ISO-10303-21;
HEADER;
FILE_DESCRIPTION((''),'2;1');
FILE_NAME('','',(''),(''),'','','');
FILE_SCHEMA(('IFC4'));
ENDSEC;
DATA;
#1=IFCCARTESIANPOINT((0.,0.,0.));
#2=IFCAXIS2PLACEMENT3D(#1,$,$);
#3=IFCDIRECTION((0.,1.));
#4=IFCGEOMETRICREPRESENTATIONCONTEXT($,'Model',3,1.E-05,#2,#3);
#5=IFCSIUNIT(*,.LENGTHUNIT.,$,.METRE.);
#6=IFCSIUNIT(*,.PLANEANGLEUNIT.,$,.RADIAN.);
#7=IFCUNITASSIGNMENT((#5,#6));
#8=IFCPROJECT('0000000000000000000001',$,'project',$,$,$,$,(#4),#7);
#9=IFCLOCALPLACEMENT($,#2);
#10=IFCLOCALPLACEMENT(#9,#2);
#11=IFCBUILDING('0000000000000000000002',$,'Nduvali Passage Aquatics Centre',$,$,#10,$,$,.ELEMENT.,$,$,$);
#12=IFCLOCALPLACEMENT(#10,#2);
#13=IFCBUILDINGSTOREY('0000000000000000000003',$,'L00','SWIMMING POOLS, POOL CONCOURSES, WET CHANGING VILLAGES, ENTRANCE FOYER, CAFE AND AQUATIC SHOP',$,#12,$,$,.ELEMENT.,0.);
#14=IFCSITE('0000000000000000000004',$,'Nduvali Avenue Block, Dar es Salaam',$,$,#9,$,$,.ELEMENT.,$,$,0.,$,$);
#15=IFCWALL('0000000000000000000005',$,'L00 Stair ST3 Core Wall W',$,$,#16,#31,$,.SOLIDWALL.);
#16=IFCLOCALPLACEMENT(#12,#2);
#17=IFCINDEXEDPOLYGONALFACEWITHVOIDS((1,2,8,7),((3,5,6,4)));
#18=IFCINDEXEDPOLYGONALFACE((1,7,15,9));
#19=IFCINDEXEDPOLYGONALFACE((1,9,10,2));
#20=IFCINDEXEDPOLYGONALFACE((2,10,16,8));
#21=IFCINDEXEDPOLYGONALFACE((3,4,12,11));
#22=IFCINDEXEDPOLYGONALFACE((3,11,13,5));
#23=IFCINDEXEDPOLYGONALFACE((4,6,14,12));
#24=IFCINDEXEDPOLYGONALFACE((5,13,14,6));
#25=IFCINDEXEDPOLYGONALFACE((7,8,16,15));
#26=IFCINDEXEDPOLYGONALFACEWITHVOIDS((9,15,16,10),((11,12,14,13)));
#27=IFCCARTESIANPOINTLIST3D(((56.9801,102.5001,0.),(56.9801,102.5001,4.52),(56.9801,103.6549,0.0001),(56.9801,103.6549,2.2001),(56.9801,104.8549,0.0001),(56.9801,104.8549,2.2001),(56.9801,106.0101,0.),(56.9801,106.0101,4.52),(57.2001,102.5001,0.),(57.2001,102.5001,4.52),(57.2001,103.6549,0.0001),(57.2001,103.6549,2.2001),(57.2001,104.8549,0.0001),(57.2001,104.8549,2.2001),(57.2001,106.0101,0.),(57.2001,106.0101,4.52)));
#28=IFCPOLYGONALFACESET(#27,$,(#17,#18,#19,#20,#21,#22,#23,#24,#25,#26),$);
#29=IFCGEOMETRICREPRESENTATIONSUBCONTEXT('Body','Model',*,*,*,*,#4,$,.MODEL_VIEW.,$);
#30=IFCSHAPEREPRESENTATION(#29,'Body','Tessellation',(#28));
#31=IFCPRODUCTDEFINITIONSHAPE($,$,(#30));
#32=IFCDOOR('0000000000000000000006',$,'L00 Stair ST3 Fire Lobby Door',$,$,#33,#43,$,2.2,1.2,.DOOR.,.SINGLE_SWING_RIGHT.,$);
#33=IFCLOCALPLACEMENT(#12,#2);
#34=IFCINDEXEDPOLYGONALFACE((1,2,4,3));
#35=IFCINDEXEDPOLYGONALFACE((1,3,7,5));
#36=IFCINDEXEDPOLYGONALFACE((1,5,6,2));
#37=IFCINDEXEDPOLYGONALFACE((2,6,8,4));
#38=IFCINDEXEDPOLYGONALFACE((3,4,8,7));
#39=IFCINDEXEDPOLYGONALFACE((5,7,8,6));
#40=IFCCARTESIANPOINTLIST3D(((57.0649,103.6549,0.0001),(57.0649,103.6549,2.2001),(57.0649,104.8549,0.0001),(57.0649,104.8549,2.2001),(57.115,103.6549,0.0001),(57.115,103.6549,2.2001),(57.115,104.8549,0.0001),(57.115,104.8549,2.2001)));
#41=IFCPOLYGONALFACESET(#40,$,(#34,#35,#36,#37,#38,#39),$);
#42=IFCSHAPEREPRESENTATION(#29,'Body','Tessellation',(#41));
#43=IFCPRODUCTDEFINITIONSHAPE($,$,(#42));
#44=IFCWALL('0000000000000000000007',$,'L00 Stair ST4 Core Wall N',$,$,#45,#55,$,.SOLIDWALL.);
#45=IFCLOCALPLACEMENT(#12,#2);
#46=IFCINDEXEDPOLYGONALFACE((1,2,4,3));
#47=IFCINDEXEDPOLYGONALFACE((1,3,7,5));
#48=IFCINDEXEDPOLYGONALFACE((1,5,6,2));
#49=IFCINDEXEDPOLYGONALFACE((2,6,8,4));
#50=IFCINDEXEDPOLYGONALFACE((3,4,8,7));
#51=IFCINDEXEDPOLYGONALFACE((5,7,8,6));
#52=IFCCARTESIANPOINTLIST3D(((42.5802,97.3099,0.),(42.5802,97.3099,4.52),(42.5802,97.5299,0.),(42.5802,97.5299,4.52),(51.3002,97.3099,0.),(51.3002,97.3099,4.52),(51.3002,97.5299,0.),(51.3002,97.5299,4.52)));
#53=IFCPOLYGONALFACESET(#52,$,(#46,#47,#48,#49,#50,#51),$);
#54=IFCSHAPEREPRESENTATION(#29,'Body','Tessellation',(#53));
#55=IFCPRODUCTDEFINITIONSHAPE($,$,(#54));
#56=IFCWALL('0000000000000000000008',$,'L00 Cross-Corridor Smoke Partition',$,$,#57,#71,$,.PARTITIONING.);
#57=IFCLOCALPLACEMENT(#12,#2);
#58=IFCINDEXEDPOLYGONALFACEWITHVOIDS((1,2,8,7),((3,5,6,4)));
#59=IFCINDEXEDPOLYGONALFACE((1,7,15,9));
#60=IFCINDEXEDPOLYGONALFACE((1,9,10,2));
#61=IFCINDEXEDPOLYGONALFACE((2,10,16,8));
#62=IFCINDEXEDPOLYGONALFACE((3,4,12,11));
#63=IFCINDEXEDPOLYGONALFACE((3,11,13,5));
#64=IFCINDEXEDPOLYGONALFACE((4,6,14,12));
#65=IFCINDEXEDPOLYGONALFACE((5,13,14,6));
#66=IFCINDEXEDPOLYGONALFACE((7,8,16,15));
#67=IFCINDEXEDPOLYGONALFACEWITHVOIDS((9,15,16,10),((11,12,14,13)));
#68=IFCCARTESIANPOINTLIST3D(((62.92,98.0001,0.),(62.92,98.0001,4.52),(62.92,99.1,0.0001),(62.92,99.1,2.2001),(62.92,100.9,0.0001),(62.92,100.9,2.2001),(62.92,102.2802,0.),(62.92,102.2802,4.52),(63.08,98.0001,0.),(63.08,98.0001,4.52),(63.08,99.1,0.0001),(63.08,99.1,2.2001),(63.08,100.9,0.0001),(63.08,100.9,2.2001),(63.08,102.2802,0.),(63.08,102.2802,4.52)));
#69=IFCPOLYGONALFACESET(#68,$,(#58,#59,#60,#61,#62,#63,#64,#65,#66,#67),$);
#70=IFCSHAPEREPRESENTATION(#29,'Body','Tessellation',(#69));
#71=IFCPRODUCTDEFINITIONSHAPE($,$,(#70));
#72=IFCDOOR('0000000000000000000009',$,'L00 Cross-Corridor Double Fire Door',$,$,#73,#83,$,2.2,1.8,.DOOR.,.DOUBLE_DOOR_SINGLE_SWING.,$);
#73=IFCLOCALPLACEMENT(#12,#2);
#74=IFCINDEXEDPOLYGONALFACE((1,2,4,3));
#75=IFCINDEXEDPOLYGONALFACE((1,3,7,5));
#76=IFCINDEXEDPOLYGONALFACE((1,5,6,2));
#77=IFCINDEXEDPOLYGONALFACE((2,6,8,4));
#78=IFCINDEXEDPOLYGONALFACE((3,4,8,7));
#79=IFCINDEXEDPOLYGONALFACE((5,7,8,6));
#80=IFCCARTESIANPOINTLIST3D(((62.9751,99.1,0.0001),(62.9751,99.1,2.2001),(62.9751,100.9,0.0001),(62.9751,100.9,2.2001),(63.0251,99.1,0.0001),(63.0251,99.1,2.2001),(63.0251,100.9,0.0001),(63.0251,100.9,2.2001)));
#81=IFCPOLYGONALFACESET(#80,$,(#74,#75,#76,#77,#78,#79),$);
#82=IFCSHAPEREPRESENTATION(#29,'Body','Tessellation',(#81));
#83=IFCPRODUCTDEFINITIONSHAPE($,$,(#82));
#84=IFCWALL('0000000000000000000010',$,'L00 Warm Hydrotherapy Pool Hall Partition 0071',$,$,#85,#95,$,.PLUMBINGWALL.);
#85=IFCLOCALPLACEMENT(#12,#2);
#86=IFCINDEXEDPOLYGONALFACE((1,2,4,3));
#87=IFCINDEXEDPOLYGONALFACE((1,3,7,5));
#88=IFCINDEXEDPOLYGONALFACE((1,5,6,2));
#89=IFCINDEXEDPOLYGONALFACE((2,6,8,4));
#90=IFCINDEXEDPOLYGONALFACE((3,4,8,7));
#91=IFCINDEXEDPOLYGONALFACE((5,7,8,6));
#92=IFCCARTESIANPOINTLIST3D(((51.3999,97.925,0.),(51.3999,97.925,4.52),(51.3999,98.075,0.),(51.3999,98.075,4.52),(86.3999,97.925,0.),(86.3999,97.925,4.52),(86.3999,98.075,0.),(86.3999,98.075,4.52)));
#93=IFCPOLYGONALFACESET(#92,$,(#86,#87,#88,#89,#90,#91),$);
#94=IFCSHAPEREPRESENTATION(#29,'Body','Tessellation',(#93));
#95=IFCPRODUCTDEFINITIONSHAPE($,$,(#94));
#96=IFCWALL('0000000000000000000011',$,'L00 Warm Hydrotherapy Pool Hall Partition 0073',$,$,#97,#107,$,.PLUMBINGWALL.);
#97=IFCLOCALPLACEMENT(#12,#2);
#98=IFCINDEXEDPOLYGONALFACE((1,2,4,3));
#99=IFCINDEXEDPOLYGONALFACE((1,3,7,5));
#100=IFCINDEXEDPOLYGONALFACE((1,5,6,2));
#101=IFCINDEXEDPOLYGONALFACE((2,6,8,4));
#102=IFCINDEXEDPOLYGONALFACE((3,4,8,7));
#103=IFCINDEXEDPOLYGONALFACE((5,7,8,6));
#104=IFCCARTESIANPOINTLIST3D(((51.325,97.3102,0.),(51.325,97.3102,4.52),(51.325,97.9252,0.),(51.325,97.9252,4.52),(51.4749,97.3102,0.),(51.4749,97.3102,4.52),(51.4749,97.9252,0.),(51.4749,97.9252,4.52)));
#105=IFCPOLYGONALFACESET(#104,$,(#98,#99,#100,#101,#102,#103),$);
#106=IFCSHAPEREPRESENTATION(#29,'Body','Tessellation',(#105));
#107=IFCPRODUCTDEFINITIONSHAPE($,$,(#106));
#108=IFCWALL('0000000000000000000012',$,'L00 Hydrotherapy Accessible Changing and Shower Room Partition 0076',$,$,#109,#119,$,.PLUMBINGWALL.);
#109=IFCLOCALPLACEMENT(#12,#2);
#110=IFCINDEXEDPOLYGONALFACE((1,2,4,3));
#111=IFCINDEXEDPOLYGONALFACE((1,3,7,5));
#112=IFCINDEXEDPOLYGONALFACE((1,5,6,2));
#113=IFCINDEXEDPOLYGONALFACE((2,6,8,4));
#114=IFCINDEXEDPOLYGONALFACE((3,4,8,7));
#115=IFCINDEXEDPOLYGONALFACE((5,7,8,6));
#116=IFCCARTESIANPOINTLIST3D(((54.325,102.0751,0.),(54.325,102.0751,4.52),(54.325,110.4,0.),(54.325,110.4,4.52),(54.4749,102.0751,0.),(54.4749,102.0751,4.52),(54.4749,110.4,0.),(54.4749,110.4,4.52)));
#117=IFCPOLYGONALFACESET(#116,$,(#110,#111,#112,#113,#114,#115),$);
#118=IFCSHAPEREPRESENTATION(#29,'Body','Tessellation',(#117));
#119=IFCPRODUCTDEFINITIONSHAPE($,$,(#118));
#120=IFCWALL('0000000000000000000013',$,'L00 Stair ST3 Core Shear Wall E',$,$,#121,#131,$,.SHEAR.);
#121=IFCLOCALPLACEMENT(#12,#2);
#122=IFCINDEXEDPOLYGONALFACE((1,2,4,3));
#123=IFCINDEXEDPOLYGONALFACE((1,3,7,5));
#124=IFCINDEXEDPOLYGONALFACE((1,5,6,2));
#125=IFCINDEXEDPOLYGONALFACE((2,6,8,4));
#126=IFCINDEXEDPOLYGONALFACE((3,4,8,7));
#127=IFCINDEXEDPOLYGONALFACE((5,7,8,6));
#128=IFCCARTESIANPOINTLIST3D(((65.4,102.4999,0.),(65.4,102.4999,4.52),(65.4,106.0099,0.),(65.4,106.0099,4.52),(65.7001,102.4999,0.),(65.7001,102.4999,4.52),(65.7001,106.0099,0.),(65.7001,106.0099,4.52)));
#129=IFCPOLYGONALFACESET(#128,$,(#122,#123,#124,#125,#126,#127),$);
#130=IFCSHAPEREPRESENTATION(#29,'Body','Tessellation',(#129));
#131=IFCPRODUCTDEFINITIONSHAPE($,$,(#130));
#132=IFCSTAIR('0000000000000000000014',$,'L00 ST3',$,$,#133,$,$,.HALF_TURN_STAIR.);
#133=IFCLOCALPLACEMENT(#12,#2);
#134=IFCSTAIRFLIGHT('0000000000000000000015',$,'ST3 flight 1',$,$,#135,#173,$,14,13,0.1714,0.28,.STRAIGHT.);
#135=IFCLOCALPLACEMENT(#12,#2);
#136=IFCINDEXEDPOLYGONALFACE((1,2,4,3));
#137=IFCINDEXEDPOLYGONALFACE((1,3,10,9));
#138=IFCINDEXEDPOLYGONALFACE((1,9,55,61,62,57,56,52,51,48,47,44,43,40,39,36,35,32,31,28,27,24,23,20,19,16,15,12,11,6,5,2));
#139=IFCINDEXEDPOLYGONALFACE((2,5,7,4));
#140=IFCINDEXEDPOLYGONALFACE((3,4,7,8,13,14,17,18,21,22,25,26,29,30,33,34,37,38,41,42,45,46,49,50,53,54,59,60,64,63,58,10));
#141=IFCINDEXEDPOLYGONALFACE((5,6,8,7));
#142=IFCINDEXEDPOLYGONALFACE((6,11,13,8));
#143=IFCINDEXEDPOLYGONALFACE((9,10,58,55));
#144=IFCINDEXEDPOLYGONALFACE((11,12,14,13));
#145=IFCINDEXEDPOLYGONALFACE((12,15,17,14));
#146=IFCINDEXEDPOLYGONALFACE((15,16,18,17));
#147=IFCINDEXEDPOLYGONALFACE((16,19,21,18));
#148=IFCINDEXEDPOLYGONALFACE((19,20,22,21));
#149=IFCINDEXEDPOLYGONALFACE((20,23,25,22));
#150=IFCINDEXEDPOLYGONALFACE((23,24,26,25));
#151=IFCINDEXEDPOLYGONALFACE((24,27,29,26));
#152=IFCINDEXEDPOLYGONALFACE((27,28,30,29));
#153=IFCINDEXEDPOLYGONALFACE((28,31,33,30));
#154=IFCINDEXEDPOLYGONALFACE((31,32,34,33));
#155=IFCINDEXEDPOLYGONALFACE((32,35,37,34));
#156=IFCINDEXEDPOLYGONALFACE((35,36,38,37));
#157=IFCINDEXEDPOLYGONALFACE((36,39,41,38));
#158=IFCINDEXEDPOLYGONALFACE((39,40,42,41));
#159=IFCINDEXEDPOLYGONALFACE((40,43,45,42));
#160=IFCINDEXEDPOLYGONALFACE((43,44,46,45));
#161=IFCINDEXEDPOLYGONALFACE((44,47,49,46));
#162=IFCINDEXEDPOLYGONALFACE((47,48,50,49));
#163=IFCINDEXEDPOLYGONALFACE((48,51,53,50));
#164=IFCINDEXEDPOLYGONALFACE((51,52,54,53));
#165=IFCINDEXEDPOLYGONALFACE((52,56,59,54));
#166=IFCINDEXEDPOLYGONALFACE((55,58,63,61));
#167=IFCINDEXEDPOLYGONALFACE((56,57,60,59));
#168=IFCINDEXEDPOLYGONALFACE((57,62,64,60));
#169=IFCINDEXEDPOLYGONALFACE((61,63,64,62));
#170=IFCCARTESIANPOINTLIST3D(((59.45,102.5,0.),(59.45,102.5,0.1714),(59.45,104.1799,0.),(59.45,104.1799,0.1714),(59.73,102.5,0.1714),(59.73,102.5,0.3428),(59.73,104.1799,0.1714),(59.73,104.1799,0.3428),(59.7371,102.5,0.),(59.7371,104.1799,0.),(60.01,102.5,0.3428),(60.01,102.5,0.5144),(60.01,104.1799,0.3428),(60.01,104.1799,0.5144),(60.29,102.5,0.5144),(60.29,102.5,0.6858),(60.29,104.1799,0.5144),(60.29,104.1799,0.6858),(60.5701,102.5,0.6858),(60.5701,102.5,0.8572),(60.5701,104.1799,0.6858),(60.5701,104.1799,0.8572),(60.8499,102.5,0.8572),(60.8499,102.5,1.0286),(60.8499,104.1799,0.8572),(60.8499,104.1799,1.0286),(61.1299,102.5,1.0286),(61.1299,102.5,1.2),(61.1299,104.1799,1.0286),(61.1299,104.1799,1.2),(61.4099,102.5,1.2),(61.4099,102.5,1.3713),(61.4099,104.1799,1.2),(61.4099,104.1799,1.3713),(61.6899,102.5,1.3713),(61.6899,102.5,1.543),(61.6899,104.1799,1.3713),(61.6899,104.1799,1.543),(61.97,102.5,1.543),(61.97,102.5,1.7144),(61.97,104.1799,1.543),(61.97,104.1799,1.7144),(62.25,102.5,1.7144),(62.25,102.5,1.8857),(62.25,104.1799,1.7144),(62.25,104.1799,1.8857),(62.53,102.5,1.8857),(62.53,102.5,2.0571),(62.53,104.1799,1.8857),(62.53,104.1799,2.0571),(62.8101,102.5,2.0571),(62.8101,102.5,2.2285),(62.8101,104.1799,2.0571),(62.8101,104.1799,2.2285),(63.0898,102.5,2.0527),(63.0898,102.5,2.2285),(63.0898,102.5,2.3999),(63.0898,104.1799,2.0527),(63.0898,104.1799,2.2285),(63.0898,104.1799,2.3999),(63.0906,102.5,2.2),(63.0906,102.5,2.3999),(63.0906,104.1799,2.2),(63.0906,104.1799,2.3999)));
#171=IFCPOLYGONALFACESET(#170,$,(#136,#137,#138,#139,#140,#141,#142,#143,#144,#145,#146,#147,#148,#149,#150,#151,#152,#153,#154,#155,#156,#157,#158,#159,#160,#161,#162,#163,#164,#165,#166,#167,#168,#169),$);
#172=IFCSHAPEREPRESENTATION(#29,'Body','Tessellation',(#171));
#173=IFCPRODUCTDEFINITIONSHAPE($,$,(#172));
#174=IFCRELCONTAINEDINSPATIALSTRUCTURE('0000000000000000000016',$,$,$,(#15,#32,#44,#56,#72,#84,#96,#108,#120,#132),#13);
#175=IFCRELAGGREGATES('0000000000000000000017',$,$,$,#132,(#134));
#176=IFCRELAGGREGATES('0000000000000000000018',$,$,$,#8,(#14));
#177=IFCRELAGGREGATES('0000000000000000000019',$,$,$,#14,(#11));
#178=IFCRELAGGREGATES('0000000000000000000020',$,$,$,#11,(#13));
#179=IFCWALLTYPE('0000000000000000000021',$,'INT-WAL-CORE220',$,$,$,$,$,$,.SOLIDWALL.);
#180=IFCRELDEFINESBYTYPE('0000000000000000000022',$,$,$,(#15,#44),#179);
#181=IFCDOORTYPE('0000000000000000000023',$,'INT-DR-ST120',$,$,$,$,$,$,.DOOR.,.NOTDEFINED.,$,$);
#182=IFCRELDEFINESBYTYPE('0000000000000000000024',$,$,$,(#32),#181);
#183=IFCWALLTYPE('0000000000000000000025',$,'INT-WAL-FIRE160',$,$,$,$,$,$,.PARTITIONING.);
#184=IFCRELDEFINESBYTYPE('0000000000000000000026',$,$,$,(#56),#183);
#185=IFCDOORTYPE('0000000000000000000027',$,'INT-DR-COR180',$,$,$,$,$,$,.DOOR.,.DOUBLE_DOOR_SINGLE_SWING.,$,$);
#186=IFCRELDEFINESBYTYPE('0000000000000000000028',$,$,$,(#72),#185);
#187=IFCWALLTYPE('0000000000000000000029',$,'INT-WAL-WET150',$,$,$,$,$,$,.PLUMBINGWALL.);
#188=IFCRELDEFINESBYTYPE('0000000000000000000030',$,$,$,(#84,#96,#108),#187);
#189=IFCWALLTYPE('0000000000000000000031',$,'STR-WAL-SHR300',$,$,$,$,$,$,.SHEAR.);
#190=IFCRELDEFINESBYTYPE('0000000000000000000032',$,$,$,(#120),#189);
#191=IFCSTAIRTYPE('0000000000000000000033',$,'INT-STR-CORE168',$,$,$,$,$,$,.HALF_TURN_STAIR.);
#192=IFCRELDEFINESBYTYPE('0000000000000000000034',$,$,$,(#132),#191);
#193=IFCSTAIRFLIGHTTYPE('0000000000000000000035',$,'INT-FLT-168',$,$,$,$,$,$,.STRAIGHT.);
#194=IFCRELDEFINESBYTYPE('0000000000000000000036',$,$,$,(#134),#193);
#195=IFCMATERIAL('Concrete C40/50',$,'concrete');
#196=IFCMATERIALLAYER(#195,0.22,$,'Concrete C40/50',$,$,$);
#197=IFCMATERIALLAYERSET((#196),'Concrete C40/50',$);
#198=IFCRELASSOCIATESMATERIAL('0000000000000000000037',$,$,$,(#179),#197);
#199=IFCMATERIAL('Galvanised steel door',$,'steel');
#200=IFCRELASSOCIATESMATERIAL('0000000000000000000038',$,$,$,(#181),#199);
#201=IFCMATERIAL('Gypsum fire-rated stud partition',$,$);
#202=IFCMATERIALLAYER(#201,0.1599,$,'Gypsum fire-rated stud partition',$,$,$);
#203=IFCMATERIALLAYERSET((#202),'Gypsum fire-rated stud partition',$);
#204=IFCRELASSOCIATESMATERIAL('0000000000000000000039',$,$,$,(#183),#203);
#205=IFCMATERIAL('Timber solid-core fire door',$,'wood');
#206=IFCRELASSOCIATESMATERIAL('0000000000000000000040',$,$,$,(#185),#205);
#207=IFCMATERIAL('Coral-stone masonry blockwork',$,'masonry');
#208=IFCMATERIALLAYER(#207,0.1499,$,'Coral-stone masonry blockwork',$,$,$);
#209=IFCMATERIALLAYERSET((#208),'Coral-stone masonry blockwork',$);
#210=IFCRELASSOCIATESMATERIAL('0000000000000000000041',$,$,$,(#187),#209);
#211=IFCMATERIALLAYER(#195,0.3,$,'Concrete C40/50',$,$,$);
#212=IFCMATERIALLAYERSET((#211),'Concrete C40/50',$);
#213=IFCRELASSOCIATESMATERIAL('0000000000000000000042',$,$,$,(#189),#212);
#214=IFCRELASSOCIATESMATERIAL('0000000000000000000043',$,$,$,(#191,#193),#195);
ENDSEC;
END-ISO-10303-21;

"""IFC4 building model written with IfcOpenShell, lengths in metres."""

from ifc_helpers import new_model, si_unit, direction, frame, frame_2d, origin, place, context, subcontext, project, spatial, polyline, rectangle, outline, extrude, material, layer, layer_set, type_object, element, fill, aggregate, save


model = new_model("IFC4")

# Units and contexts
model_context = context("Model", 3, precision=1e-05, world=origin(), true_north=direction((0.0, 1.0)))
body_context = subcontext(model_context, "Body", "Model", "MODEL_VIEW")
ifc_project = project(units=[si_unit("LENGTHUNIT", "METRE"), si_unit("PLANEANGLEUNIT", "RADIAN")], contexts=[model_context])

# Site, building, storey
site_placement = place(None, origin())
site = spatial("IfcSite", under=ifc_project, at=site_placement, Name="Nduvali Avenue Block, Dar es Salaam", CompositionType="ELEMENT", RefElevation=0.0)
building_placement = place(site_placement, origin())
building = spatial("IfcBuilding", under=site, at=building_placement, Name="Nduvali Passage Aquatics Centre", CompositionType="ELEMENT")
storey_placement = place(building_placement, origin())
storey = spatial("IfcBuildingStorey", under=building, at=storey_placement, Name="L00", Description="SWIMMING POOLS, POOL CONCOURSES, WET CHANGING VILLAGES, ENTRANCE FOYER, CAFE AND AQUATIC SHOP", CompositionType="ELEMENT", Elevation=0.0)

# Shared definitions
ifc_material_1 = material(Name="Concrete C40/50", Category="concrete")

# Shared definitions
ifc_material_2 = material(Name="Coral-stone masonry blockwork", Category="masonry")

# Shared definitions
ifc_layer_1 = layer(ifc_material_1, 0.22, Name="Concrete C40/50")
ifc_layer_set_1 = layer_set([ifc_layer_1], Name="Concrete C40/50")
wall_type_1 = type_object("IfcWallType", Name="INT-WAL-CORE220", PredefinedType="SOLIDWALL", material=ifc_layer_set_1)

# Wall, opening, door
wall_1_placement = place(storey_placement, frame((57.0901, 106.01, 0.0), z_axis=(0.0, 0.0, 1.0), x_axis=(0.0, -1.0, 0.0)))
wall_1 = element("IfcWall", 1, at=wall_1_placement, inside=storey, type_object=wall_type_1, Name="L00 Stair ST3 Core Wall W", PredefinedType="SOLIDWALL", context=body_context, shape_type="SweptSolid", body=[
    extrude(rectangle(XDim=3.51, YDim=0.22, at=frame_2d((1.7549, 0.0))), origin(), (0.0, 0.0, 1.0), 4.52),
])
opening_1_placement = place(wall_1_placement, frame((1.155, 0.0, 0.0)))
opening_1 = element("IfcOpeningElement", 2, at=opening_1_placement, cuts=wall_1, PredefinedType="OPENING", context=body_context, shape_type="SweptSolid", body=[
    extrude(rectangle(XDim=1.2, YDim=2.2, at=frame_2d((0.6001, 1.1001))), frame((0.0, 0.125, 0.0), z_axis=(0.0, -1.0, 0.0), x_axis=(1.0, 0.0, 0.0)), (0.0, 0.0, 1.0), 0.2498),
])
ifc_material_3 = material(Name="Galvanised steel door", Category="steel")
door_type_1 = type_object("IfcDoorType", Name="INT-DR-ST120", OperationType="NOTDEFINED", PredefinedType="DOOR", material=ifc_material_3)
door_1_placement = place(opening_1_placement, origin())
door_1 = element("IfcDoor", 3, at=door_1_placement, inside=storey, type_object=door_type_1, Name="L00 Stair ST3 Fire Lobby Door", OperationType="SINGLE_SWING_RIGHT", OverallHeight=2.2, OverallWidth=1.2, PredefinedType="DOOR", context=body_context, shape_type="SweptSolid", body=[
    extrude(rectangle(XDim=1.2, YDim=2.2, at=frame_2d((0.6001, 1.1001))), frame((0.0, 0.0249, 0.0), z_axis=(0.0, -1.0, 0.0), x_axis=(1.0, 0.0, 0.0)), (0.0, 0.0, 1.0), 0.05),
])
fill(opening_1, door_1)

# Wall
wall_2_placement = place(storey_placement, frame((51.3, 97.4199, 0.0), z_axis=(0.0, 0.0, 1.0), x_axis=(-1.0, 0.0, 0.0)))
element("IfcWall", 4, at=wall_2_placement, inside=storey, type_object=wall_type_1, Name="L00 Stair ST4 Core Wall N", PredefinedType="SOLIDWALL", context=body_context, shape_type="SweptSolid", body=[
    extrude(rectangle(XDim=8.72, YDim=0.22, at=frame_2d((4.3599, 0.0))), origin(), (0.0, 0.0, 1.0), 4.52),
])

# Wall, opening, door
ifc_material_4 = material(Name="Gypsum fire-rated stud partition")
ifc_layer_2 = layer(ifc_material_4, 0.1599, Name="Gypsum fire-rated stud partition")
ifc_layer_set_2 = layer_set([ifc_layer_2], Name="Gypsum fire-rated stud partition")
wall_type_2 = type_object("IfcWallType", Name="INT-WAL-FIRE160", PredefinedType="PARTITIONING", material=ifc_layer_set_2)
wall_3_placement = place(storey_placement, frame((63.0, 98.0, 0.0), z_axis=(0.0, 0.0, 1.0), x_axis=(0.0, 1.0, 0.0)))
wall_3 = element("IfcWall", 5, at=wall_3_placement, inside=storey, type_object=wall_type_2, Name="L00 Cross-Corridor Smoke Partition", PredefinedType="PARTITIONING", context=body_context, shape_type="SweptSolid", body=[
    extrude(rectangle(XDim=4.28, YDim=0.1599, at=frame_2d((2.1401, 0.0))), origin(), (0.0, 0.0, 1.0), 4.52),
])
opening_2_placement = place(wall_3_placement, frame((1.1001, 0.0, 0.0)))
opening_2 = element("IfcOpeningElement", 6, at=opening_2_placement, cuts=wall_3, PredefinedType="OPENING", context=body_context, shape_type="SweptSolid", body=[
    extrude(rectangle(XDim=1.8, YDim=2.2, at=frame_2d((0.8999, 1.1001))), frame((0.0, 0.0947, 0.0), z_axis=(0.0, -1.0, 0.0), x_axis=(1.0, 0.0, 0.0)), (0.0, 0.0, 1.0), 0.1897),
])
ifc_material_5 = material(Name="Timber solid-core fire door", Category="wood")
door_type_2 = type_object("IfcDoorType", Name="INT-DR-COR180", OperationType="DOUBLE_DOOR_SINGLE_SWING", PredefinedType="DOOR", material=ifc_material_5)
door_2_placement = place(opening_2_placement, origin())
door_2 = element("IfcDoor", 7, at=door_2_placement, inside=storey, type_object=door_type_2, Name="L00 Cross-Corridor Double Fire Door", OperationType="DOUBLE_DOOR_SINGLE_SWING", OverallHeight=2.2, OverallWidth=1.8, PredefinedType="DOOR", context=body_context, shape_type="SweptSolid", body=[
    extrude(rectangle(XDim=1.8, YDim=2.2, at=frame_2d((0.8999, 1.1001))), frame((0.0, 0.0249, 0.0), z_axis=(0.0, -1.0, 0.0), x_axis=(1.0, 0.0, 0.0)), (0.0, 0.0, 1.0), 0.05),
])
fill(opening_2, door_2)

# Walls
ifc_layer_3 = layer(ifc_material_2, 0.1499, Name="Coral-stone masonry blockwork")
ifc_layer_set_3 = layer_set([ifc_layer_3], Name="Coral-stone masonry blockwork")
wall_type_3 = type_object("IfcWallType", Name="INT-WAL-WET150", PredefinedType="PLUMBINGWALL", material=ifc_layer_set_3)
wall_4_placement = place(storey_placement, frame((51.3999, 98.0, 0.0), z_axis=(0.0, 0.0, 1.0), x_axis=(1.0, 0.0, 0.0)))
element("IfcWall", 8, at=wall_4_placement, inside=storey, type_object=wall_type_3, Name="L00 Warm Hydrotherapy Pool Hall Partition 0071", PredefinedType="PLUMBINGWALL", context=body_context, shape_type="SweptSolid", body=[
    extrude(rectangle(XDim=35.0, YDim=0.1499, at=frame_2d((17.5, 0.0))), origin(), (0.0, 0.0, 1.0), 4.52),
])
wall_5_placement = place(storey_placement, frame((51.3999, 97.3101, 0.0), z_axis=(0.0, 0.0, 1.0), x_axis=(0.0, 1.0, 0.0)))
element("IfcWall", 9, at=wall_5_placement, inside=storey, type_object=wall_type_3, Name="L00 Warm Hydrotherapy Pool Hall Partition 0073", PredefinedType="PLUMBINGWALL", context=body_context, shape_type="SweptSolid", body=[
    extrude(rectangle(XDim=0.615, YDim=0.1499, at=frame_2d((0.3076, 0.0))), origin(), (0.0, 0.0, 1.0), 4.52),
])
wall_6_placement = place(storey_placement, frame((54.3999, 102.075, 0.0), z_axis=(0.0, 0.0, 1.0), x_axis=(0.0, 1.0, 0.0)))
element("IfcWall", 10, at=wall_6_placement, inside=storey, type_object=wall_type_3, Name="L00 Hydrotherapy Accessible Changing and Shower Room Partition 0076", PredefinedType="PLUMBINGWALL", context=body_context, shape_type="SweptSolid", body=[
    extrude(rectangle(XDim=8.325, YDim=0.1499, at=frame_2d((4.1626, 0.0))), origin(), (0.0, 0.0, 1.0), 4.52),
])
ifc_layer_4 = layer(ifc_material_1, 0.3, Name="Concrete C40/50")
ifc_layer_set_4 = layer_set([ifc_layer_4], Name="Concrete C40/50")
wall_type_4 = type_object("IfcWallType", Name="STR-WAL-SHR300", PredefinedType="SHEAR", material=ifc_layer_set_4)
wall_7_placement = place(storey_placement, frame((65.55, 102.5, 0.0), z_axis=(0.0, 0.0, 1.0), x_axis=(0.0, 1.0, 0.0)))
element("IfcWall", 11, at=wall_7_placement, inside=storey, type_object=wall_type_4, Name="L00 Stair ST3 Core Shear Wall E", PredefinedType="SHEAR", context=body_context, shape_type="SweptSolid", body=[
    extrude(rectangle(XDim=3.51, YDim=0.3, at=frame_2d((1.7549, 0.0))), origin(), (0.0, 0.0, 1.0), 4.52),
])

# Stair, stair flight
stair_type = type_object("IfcStairType", Name="INT-STR-CORE168", PredefinedType="HALF_TURN_STAIR", material=ifc_material_1)
stair_1_placement = place(storey_placement, origin())
stair_1 = element("IfcStair", 12, at=stair_1_placement, inside=storey, type_object=stair_type, Name="L00 ST3", PredefinedType="HALF_TURN_STAIR")
stair_flight_type = type_object("IfcStairFlightType", Name="INT-FLT-168", PredefinedType="STRAIGHT", material=ifc_material_1)
stair_flight_1_placement = place(storey_placement, frame((59.45, 103.3401, 0.0), z_axis=(0.0, 0.0, 1.0), x_axis=(1.0, 0.0, 0.0)))
stair_flight_1 = element("IfcStairFlight", 13, at=stair_flight_1_placement, type_object=stair_flight_type, Name="ST3 flight 1", NumberOfRisers=14, NumberOfTreads=13, PredefinedType="STRAIGHT", RiserHeight=0.1714, TreadLength=0.28, context=body_context, shape_type="SweptSolid", body=[
    extrude(outline(polyline([(0.0, 0.0), (0.0, 0.1714), (0.28, 0.1714), (0.28, 0.3428), (0.5601, 0.3428), (0.5601, 0.5144), (0.8401, 0.5144), (0.8401, 0.6858), (1.1201, 0.6858), (1.1201, 0.8572), (1.3999, 0.8572), (1.3999, 1.0286), (1.6799, 1.0286), (1.6799, 1.2), (1.96, 1.2), (1.96, 1.3713), (2.24, 1.3713), (2.24, 1.543), (2.52, 1.543), (2.52, 1.7144), (2.8, 1.7144), (2.8, 1.8857), (3.0801, 1.8857), (3.0801, 2.0571), (3.3601, 2.0571), (3.3601, 2.2285), (3.6399, 2.2285), (3.6399, 2.3999), (3.6406, 2.3999), (3.6406, 2.2), (3.6399, 2.0527), (0.2871, 0.0), (0.0, 0.0)])), frame((0.0, 0.8398, 0.0), z_axis=(0.0, -1.0, 0.0), x_axis=(1.0, 0.0, 0.0)), (0.0, 0.0, 1.0), 1.6799),
])
aggregate(stair_1, [stair_flight_1])

save(model, "model.ifc")
